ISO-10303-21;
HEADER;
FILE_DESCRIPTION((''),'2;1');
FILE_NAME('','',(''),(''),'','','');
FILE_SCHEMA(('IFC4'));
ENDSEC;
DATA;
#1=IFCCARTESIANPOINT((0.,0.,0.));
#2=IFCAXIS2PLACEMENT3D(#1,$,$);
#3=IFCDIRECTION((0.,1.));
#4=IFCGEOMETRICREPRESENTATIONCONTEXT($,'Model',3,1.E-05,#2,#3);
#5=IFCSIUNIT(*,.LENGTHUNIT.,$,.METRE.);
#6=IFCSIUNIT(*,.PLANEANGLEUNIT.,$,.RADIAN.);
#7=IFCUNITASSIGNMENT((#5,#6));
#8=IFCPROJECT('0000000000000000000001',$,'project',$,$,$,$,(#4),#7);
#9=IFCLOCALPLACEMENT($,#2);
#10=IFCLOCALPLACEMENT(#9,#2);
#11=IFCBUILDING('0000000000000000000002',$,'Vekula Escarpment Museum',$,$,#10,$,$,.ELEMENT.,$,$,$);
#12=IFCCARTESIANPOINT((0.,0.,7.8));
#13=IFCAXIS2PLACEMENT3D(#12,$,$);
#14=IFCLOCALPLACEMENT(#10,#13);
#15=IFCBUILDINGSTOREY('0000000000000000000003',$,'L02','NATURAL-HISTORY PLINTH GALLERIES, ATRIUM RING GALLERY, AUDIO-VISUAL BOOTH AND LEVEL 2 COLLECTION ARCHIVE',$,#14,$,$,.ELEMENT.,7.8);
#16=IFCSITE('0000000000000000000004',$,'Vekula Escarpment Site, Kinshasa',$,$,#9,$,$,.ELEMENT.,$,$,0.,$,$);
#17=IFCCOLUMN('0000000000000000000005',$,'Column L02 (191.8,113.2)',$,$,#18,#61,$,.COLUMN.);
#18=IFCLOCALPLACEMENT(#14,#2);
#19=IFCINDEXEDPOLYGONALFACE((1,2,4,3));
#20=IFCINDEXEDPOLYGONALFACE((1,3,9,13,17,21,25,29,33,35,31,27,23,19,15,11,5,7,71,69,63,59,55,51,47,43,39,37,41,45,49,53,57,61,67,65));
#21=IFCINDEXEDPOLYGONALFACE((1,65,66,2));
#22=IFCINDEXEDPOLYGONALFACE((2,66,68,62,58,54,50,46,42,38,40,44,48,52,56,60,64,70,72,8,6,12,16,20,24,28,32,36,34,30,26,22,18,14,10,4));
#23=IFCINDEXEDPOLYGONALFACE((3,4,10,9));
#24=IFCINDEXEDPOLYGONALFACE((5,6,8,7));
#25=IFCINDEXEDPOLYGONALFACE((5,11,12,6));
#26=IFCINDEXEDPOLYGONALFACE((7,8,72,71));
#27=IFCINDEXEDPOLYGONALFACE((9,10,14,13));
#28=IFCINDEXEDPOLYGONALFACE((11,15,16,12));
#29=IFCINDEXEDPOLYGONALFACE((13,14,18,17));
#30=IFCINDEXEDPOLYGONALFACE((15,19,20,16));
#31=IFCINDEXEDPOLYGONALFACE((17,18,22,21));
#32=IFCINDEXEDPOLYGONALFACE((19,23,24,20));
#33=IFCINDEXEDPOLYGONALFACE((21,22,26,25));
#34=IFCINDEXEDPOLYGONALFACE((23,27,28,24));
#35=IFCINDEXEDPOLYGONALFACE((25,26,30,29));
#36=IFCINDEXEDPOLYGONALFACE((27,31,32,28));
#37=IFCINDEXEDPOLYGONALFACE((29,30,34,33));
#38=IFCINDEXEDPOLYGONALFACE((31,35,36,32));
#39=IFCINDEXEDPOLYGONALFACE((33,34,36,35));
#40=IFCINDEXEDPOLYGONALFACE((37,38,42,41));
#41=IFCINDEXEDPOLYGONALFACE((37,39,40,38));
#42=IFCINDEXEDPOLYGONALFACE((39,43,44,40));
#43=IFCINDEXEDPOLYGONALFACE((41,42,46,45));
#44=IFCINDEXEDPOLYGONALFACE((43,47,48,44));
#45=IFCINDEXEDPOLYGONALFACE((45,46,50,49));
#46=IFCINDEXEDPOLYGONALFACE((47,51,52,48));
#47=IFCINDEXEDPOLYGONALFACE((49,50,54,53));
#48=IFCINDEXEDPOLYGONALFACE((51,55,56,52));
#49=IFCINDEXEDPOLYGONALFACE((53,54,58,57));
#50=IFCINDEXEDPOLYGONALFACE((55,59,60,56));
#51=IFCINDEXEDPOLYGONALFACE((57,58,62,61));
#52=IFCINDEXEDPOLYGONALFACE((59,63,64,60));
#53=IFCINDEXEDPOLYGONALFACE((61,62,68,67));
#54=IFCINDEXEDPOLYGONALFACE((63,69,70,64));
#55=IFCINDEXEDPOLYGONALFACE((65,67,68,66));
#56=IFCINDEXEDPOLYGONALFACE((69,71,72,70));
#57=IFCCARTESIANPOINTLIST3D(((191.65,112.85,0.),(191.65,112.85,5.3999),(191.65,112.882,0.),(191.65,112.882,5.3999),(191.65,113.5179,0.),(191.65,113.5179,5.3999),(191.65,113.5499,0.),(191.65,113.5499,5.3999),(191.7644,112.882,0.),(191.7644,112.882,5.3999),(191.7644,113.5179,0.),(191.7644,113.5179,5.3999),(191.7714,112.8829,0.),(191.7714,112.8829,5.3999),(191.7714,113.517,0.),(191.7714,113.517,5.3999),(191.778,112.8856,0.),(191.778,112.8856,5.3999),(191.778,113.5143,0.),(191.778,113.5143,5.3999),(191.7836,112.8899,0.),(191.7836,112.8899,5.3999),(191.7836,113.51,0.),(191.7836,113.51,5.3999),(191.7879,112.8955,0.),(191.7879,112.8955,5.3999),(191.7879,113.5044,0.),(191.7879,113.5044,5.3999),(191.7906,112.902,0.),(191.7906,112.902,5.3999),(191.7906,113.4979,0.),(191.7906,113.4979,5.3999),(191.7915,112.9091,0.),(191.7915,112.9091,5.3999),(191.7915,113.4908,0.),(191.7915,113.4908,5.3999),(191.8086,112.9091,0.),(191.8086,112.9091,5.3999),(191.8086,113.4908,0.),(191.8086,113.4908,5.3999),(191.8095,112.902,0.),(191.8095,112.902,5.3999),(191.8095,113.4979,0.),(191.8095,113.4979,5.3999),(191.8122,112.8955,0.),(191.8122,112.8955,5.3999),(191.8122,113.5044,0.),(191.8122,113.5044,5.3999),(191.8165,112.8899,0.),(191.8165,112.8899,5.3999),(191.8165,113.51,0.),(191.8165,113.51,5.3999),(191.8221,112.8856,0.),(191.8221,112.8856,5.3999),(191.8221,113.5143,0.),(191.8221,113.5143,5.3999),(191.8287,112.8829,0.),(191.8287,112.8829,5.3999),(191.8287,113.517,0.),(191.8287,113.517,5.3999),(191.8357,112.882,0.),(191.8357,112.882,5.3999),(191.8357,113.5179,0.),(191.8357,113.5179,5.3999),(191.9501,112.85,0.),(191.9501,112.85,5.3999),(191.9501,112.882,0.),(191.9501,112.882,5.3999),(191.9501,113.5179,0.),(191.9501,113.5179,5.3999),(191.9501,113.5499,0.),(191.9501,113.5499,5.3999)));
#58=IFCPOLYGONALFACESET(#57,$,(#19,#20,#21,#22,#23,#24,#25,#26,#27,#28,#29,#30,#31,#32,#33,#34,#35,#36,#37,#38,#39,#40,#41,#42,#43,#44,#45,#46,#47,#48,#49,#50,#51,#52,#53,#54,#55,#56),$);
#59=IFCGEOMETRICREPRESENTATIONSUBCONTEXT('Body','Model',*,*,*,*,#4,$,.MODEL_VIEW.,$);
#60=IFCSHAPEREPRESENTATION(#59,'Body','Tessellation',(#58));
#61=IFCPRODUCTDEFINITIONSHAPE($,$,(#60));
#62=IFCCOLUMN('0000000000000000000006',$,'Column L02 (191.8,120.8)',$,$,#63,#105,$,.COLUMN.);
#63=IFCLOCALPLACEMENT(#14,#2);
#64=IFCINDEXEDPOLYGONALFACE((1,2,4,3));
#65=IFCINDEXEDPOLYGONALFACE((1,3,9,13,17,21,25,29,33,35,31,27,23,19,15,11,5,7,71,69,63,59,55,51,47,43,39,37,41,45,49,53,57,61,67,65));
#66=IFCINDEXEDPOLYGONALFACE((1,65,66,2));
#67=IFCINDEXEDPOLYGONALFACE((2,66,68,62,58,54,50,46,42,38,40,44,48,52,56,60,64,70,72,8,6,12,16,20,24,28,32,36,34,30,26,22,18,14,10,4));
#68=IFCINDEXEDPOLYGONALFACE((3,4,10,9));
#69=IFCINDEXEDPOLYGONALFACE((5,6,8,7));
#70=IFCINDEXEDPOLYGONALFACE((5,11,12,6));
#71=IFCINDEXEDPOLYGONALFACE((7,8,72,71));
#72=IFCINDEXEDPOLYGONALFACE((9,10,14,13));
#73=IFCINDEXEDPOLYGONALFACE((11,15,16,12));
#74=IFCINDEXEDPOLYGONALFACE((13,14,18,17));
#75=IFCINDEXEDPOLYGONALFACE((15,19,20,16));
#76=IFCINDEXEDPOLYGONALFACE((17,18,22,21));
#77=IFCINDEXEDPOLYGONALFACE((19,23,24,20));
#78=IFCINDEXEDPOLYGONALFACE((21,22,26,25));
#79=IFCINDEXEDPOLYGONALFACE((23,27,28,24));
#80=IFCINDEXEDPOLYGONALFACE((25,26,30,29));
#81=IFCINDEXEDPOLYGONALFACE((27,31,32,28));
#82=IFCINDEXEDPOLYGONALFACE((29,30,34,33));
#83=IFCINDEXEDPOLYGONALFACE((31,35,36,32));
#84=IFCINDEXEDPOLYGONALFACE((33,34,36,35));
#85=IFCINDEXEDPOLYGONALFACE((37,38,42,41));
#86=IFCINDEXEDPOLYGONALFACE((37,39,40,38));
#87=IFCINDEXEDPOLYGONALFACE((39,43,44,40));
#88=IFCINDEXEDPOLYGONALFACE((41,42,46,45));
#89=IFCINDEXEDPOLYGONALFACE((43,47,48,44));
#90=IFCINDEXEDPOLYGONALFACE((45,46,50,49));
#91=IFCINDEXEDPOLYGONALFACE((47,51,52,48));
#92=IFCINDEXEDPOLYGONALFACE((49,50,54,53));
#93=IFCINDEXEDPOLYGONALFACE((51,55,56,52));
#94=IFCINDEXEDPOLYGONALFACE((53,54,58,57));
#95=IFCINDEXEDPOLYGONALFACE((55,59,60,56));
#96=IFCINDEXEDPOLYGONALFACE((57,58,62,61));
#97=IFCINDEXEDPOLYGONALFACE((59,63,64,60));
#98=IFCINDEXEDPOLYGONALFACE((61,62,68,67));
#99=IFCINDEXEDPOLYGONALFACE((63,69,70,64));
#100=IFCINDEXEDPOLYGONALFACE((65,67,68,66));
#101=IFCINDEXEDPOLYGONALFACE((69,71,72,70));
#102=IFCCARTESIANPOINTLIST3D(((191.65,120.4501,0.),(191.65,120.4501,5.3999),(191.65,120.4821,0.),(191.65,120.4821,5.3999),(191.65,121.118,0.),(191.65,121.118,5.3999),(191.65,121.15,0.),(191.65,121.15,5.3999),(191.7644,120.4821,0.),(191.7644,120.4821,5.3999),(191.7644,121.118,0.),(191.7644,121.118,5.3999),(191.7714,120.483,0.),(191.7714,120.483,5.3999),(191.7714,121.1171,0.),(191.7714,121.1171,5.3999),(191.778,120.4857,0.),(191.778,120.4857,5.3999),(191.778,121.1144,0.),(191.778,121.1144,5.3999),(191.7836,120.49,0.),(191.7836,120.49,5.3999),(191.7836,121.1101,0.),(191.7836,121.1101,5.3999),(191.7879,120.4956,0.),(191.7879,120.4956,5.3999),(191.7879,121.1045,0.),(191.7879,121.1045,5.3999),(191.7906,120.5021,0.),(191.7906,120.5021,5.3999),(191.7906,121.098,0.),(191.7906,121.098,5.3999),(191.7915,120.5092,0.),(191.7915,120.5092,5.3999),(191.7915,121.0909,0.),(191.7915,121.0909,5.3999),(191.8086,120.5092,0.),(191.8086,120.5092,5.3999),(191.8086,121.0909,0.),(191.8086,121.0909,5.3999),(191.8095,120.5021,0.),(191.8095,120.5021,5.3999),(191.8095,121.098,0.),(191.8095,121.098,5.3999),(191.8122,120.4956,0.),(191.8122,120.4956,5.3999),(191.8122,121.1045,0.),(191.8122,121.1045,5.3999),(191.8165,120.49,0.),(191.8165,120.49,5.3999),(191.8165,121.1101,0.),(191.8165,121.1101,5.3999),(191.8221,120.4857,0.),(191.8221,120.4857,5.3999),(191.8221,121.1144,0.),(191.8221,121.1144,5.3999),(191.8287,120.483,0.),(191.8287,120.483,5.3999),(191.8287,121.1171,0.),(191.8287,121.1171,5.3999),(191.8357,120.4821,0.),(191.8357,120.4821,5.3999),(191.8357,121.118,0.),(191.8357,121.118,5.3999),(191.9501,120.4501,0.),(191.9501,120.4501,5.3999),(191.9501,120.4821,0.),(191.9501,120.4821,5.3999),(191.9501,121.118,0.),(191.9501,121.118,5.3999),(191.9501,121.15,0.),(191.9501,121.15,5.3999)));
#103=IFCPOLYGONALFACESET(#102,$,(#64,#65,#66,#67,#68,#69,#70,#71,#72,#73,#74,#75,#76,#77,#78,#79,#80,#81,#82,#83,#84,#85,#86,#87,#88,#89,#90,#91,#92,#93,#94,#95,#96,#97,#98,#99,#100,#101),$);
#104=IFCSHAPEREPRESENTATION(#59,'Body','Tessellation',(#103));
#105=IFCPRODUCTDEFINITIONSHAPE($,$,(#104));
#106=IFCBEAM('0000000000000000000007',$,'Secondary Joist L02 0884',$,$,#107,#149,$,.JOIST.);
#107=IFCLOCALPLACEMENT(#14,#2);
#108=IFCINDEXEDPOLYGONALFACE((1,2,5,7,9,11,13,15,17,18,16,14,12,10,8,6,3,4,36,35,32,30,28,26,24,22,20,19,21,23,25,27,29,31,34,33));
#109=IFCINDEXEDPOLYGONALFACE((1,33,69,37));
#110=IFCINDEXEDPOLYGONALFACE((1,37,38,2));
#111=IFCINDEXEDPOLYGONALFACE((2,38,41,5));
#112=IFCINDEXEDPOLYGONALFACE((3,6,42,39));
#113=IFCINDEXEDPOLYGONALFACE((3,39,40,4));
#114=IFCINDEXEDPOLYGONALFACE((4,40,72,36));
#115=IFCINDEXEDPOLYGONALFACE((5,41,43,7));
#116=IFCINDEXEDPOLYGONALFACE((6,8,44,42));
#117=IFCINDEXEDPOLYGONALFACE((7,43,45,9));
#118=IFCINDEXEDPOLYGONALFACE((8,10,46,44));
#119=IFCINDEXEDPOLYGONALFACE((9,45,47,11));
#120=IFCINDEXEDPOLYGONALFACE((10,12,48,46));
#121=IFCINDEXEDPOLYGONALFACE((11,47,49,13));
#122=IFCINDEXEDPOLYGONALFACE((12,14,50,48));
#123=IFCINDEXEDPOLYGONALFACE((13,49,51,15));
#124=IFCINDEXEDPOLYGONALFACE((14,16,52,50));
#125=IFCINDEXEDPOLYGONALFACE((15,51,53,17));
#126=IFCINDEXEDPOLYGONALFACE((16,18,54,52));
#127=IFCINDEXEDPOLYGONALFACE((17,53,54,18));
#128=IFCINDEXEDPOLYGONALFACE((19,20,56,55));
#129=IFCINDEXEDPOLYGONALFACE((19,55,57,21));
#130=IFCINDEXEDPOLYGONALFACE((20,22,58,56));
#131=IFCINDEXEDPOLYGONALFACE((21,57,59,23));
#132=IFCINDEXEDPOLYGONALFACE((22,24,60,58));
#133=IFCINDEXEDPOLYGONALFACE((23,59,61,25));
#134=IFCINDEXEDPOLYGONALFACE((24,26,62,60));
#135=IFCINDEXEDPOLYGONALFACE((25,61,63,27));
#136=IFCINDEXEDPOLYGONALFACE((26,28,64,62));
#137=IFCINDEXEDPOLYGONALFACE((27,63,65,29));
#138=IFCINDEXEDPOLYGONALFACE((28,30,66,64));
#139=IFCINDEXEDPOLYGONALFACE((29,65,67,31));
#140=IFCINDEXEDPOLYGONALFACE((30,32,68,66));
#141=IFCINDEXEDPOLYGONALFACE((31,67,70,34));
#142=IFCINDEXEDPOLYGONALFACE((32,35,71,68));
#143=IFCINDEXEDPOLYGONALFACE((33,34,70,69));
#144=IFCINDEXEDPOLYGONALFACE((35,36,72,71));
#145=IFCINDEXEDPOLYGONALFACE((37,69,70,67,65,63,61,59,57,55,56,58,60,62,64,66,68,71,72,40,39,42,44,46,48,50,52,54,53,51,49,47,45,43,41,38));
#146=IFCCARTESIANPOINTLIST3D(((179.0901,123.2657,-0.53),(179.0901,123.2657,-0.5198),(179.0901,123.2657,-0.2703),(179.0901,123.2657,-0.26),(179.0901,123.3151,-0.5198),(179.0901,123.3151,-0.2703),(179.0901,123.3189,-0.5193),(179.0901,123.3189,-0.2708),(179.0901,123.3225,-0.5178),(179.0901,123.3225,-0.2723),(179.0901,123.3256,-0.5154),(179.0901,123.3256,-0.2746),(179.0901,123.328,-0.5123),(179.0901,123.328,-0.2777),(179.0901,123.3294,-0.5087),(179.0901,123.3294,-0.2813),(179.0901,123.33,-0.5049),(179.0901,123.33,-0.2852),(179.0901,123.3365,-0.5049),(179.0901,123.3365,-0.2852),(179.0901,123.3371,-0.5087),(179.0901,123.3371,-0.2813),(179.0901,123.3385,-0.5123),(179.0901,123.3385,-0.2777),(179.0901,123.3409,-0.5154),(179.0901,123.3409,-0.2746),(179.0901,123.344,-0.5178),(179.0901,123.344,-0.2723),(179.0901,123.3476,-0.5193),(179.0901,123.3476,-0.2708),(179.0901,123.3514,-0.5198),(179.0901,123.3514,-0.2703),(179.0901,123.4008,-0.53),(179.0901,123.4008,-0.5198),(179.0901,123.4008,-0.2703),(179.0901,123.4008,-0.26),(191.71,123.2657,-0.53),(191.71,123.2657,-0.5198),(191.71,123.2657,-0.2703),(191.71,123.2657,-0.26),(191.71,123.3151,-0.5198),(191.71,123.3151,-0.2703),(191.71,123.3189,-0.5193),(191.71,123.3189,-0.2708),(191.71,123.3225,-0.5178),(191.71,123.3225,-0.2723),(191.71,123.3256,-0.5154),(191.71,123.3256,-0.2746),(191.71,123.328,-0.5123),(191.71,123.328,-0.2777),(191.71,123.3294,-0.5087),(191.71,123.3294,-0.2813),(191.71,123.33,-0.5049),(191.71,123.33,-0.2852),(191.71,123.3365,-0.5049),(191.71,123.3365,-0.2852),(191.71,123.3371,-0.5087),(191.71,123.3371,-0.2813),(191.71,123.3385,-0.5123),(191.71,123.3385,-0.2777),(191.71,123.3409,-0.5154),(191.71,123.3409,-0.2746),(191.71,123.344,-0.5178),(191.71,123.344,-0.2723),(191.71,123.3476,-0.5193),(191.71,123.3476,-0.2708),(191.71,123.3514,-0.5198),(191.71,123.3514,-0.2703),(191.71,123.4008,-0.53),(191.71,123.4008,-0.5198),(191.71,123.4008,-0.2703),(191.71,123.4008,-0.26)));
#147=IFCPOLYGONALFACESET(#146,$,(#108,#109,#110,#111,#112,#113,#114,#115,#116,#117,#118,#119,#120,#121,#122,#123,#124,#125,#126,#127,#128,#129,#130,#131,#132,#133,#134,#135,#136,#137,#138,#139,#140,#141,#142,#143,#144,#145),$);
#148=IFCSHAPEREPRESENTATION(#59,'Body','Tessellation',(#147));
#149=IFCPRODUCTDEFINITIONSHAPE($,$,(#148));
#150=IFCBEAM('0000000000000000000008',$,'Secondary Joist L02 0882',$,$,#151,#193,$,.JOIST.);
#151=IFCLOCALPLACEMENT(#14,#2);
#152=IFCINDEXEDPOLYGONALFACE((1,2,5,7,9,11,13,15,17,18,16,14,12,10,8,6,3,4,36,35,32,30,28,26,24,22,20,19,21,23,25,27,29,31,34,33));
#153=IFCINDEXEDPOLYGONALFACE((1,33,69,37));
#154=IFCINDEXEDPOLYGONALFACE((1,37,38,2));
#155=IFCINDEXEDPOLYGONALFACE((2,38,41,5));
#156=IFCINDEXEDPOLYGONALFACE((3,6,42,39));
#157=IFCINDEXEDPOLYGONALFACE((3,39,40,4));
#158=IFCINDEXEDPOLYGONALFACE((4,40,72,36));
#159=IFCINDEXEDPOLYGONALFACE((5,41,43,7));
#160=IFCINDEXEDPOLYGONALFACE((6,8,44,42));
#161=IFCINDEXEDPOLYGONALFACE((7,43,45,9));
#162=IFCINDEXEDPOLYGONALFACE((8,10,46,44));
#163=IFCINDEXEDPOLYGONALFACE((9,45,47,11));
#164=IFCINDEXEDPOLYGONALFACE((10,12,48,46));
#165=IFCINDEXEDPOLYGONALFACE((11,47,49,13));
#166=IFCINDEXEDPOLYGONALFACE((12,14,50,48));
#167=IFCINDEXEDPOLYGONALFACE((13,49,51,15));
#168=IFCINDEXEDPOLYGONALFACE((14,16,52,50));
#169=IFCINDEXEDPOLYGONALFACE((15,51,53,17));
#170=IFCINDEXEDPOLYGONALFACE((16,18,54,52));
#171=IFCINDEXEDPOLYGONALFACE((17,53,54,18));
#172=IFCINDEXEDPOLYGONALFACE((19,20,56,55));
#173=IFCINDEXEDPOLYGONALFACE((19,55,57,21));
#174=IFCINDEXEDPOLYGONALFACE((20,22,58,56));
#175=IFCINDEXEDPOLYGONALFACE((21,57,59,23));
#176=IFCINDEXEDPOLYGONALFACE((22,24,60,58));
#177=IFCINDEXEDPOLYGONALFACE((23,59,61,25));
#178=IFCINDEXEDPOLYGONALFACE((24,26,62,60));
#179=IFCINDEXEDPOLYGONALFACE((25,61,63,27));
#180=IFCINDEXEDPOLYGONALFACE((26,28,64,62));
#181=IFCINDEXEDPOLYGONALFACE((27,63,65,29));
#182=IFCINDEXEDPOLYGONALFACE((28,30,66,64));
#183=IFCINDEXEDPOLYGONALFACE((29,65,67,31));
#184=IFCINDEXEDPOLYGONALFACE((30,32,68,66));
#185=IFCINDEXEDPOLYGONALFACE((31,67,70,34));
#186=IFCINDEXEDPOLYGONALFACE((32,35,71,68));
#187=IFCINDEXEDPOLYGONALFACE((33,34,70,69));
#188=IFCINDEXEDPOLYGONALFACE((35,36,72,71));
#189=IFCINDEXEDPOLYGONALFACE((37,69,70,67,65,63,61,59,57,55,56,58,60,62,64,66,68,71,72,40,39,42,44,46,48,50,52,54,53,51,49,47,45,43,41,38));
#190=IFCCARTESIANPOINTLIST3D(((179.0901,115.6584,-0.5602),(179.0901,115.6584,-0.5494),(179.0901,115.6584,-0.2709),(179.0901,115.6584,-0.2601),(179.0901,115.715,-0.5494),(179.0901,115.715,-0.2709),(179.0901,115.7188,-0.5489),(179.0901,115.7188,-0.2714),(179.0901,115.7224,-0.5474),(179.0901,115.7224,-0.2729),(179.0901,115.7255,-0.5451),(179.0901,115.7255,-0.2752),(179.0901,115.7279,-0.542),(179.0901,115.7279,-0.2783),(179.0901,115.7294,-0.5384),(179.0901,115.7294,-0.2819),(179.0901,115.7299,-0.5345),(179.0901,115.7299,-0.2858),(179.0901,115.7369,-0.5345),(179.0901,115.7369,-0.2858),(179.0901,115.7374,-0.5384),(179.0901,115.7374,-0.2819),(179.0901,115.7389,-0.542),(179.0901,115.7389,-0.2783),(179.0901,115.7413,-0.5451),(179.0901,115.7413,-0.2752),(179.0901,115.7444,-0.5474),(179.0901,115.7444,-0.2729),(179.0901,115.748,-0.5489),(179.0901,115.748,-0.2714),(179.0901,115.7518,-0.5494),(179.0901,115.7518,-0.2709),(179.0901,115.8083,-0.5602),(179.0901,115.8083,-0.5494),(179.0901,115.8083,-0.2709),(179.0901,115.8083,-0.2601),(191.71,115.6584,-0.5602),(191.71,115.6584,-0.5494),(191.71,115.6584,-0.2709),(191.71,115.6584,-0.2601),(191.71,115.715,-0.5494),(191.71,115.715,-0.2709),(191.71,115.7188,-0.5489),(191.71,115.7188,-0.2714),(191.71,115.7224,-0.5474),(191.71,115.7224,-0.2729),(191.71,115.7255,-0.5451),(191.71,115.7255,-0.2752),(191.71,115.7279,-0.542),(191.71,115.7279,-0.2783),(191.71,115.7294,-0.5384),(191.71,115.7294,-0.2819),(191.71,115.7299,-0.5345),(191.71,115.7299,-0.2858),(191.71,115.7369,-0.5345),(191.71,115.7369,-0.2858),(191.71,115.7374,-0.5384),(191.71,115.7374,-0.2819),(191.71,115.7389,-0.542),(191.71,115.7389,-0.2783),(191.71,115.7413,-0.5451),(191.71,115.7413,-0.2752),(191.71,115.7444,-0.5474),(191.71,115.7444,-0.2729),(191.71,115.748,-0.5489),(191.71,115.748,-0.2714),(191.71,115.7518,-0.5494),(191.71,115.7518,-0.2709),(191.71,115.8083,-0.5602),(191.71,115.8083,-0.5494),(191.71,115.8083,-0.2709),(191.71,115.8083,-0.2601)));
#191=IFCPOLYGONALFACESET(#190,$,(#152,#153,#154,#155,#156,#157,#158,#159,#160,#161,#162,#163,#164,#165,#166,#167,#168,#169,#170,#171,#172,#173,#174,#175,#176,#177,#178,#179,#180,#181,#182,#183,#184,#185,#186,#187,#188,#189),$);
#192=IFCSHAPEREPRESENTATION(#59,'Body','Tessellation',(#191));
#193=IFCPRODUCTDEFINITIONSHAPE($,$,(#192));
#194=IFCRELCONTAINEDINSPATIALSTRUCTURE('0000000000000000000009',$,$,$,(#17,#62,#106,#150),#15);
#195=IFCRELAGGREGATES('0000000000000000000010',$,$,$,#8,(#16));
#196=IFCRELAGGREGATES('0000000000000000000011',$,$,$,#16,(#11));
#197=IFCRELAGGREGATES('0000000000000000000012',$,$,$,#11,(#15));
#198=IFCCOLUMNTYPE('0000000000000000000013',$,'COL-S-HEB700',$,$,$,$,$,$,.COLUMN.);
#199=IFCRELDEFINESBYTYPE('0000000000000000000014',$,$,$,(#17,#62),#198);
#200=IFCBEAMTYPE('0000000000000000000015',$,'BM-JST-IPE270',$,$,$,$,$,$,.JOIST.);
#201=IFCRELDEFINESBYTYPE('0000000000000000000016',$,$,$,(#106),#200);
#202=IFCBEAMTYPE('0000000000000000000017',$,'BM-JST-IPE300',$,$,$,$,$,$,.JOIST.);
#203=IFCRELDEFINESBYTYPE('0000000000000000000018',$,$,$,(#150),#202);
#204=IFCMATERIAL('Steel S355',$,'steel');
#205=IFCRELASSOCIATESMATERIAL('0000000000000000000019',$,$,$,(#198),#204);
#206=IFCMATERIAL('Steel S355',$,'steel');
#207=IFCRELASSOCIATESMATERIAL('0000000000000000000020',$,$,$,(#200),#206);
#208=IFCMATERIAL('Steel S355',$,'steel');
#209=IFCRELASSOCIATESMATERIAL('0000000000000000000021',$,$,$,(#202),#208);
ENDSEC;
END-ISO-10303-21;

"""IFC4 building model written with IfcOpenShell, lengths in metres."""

from ifc_helpers import new_model, si_unit, direction, frame, origin, origin_2d, place, context, subcontext, project, spatial, i_section, extrude, material, material_profile, profile_set, type_object, element, save


model = new_model("IFC4")

# Units and contexts
model_context = context("Model", 3, precision=1e-05, world=origin(), true_north=direction((0.0, 1.0)))
body_context = subcontext(model_context, "Body", "Model", "MODEL_VIEW")
ifc_project = project(units=[si_unit("LENGTHUNIT", "METRE"), si_unit("PLANEANGLEUNIT", "RADIAN")], contexts=[model_context])

# Site, building, storey
site_placement = place(None, origin())
site = spatial("IfcSite", under=ifc_project, at=site_placement, Name="Vekula Escarpment Site, Kinshasa", CompositionType="ELEMENT", RefElevation=0.0)
building_placement = place(site_placement, origin())
building = spatial("IfcBuilding", under=site, at=building_placement, Name="Vekula Escarpment Museum", CompositionType="ELEMENT")
storey_placement = place(building_placement, frame((0.0, 0.0, 7.8)))
storey = spatial("IfcBuildingStorey", under=building, at=storey_placement, Name="L02", Description="NATURAL-HISTORY PLINTH GALLERIES, ATRIUM RING GALLERY, AUDIO-VISUAL BOOTH AND LEVEL 2 COLLECTION ARCHIVE", CompositionType="ELEMENT", Elevation=7.8)

# Columns
ifc_material_1 = material(Name="Steel S355", Category="steel")
ifc_material_profile_1 = material_profile(ifc_material_1, i_section(OverallWidth=0.3, OverallDepth=0.7, WebThickness=0.0171, FlangeThickness=0.032, FilletRadius=0.0271, at=origin_2d()), Name="HEB 700")
ifc_profile_set_1 = profile_set([ifc_material_profile_1], Name="Steel S355")
column_type = type_object("IfcColumnType", Name="COL-S-HEB700", PredefinedType="COLUMN", material=ifc_profile_set_1)
for number, where, z_axis, x_axis, name in (
    (1, (191.8, 113.2, 0.0), (0.0, 0.0, 1.0), (1.0, 0.0, 0.0), "Column L02 (191.8,113.2)"),
    (2, (191.8, 120.8, 0.0), (0.0, 0.0, 1.0), (1.0, 0.0, 0.0), "Column L02 (191.8,120.8)"),
):
    element("IfcColumn", number, at=place(storey_placement, frame(where, z_axis=z_axis, x_axis=x_axis)), inside=storey, type_object=column_type, Name=name, PredefinedType="COLUMN", context=body_context, shape_type="SweptSolid", body=[
        extrude(i_section(OverallWidth=0.3, OverallDepth=0.7, WebThickness=0.0171, FlangeThickness=0.032, FilletRadius=0.0271, at=origin_2d()), origin(), (0.0, 0.0, 1.0), 5.3999),
    ])

# Beams
ifc_material_2 = material(Name="Steel S355", Category="steel")
ifc_material_profile_2 = material_profile(ifc_material_2, i_section(OverallWidth=0.135, OverallDepth=0.27, WebThickness=0.0066, FlangeThickness=0.0103, FilletRadius=0.0149, at=origin_2d()), Name="IPE 270")
ifc_profile_set_2 = profile_set([ifc_material_profile_2], Name="Steel S355")
beam_type_1 = type_object("IfcBeamType", Name="BM-JST-IPE270", PredefinedType="JOIST", material=ifc_profile_set_2)
beam_1_placement = place(storey_placement, frame((179.0901, 123.3333, -0.395), z_axis=(1.0, 0.0, 0.0), x_axis=(0.0, 1.0, 0.0)))
element("IfcBeam", 3, at=beam_1_placement, inside=storey, type_object=beam_type_1, Name="Secondary Joist L02 0884", PredefinedType="JOIST", context=body_context, shape_type="SweptSolid", body=[
    extrude(i_section(OverallWidth=0.135, OverallDepth=0.27, WebThickness=0.0066, FlangeThickness=0.0103, FilletRadius=0.0149, at=origin_2d()), origin(), (0.0, 0.0, 1.0), 12.6199),
])
ifc_material_3 = material(Name="Steel S355", Category="steel")
ifc_material_profile_3 = material_profile(ifc_material_3, i_section(OverallWidth=0.1499, OverallDepth=0.3, WebThickness=0.0071, FlangeThickness=0.0107, FilletRadius=0.0149, at=origin_2d()), Name="IPE 300")
ifc_profile_set_3 = profile_set([ifc_material_profile_3], Name="Steel S355")
beam_type_2 = type_object("IfcBeamType", Name="BM-JST-IPE300", PredefinedType="JOIST", material=ifc_profile_set_3)
for number, where, z_axis, x_axis, name in (
    (4, (179.0901, 115.7334, -0.4102), (1.0, 0.0, 0.0), (0.0, 1.0, 0.0), "Secondary Joist L02 0882"),
):
    element("IfcBeam", number, at=place(storey_placement, frame(where, z_axis=z_axis, x_axis=x_axis)), inside=storey, type_object=beam_type_2, Name=name, PredefinedType="JOIST", context=body_context, shape_type="SweptSolid", body=[
        extrude(i_section(OverallWidth=0.1499, OverallDepth=0.3, WebThickness=0.0071, FlangeThickness=0.0107, FilletRadius=0.0149, at=origin_2d()), origin(), (0.0, 0.0, 1.0), 12.6199),
    ])

save(model, "model.ifc")
